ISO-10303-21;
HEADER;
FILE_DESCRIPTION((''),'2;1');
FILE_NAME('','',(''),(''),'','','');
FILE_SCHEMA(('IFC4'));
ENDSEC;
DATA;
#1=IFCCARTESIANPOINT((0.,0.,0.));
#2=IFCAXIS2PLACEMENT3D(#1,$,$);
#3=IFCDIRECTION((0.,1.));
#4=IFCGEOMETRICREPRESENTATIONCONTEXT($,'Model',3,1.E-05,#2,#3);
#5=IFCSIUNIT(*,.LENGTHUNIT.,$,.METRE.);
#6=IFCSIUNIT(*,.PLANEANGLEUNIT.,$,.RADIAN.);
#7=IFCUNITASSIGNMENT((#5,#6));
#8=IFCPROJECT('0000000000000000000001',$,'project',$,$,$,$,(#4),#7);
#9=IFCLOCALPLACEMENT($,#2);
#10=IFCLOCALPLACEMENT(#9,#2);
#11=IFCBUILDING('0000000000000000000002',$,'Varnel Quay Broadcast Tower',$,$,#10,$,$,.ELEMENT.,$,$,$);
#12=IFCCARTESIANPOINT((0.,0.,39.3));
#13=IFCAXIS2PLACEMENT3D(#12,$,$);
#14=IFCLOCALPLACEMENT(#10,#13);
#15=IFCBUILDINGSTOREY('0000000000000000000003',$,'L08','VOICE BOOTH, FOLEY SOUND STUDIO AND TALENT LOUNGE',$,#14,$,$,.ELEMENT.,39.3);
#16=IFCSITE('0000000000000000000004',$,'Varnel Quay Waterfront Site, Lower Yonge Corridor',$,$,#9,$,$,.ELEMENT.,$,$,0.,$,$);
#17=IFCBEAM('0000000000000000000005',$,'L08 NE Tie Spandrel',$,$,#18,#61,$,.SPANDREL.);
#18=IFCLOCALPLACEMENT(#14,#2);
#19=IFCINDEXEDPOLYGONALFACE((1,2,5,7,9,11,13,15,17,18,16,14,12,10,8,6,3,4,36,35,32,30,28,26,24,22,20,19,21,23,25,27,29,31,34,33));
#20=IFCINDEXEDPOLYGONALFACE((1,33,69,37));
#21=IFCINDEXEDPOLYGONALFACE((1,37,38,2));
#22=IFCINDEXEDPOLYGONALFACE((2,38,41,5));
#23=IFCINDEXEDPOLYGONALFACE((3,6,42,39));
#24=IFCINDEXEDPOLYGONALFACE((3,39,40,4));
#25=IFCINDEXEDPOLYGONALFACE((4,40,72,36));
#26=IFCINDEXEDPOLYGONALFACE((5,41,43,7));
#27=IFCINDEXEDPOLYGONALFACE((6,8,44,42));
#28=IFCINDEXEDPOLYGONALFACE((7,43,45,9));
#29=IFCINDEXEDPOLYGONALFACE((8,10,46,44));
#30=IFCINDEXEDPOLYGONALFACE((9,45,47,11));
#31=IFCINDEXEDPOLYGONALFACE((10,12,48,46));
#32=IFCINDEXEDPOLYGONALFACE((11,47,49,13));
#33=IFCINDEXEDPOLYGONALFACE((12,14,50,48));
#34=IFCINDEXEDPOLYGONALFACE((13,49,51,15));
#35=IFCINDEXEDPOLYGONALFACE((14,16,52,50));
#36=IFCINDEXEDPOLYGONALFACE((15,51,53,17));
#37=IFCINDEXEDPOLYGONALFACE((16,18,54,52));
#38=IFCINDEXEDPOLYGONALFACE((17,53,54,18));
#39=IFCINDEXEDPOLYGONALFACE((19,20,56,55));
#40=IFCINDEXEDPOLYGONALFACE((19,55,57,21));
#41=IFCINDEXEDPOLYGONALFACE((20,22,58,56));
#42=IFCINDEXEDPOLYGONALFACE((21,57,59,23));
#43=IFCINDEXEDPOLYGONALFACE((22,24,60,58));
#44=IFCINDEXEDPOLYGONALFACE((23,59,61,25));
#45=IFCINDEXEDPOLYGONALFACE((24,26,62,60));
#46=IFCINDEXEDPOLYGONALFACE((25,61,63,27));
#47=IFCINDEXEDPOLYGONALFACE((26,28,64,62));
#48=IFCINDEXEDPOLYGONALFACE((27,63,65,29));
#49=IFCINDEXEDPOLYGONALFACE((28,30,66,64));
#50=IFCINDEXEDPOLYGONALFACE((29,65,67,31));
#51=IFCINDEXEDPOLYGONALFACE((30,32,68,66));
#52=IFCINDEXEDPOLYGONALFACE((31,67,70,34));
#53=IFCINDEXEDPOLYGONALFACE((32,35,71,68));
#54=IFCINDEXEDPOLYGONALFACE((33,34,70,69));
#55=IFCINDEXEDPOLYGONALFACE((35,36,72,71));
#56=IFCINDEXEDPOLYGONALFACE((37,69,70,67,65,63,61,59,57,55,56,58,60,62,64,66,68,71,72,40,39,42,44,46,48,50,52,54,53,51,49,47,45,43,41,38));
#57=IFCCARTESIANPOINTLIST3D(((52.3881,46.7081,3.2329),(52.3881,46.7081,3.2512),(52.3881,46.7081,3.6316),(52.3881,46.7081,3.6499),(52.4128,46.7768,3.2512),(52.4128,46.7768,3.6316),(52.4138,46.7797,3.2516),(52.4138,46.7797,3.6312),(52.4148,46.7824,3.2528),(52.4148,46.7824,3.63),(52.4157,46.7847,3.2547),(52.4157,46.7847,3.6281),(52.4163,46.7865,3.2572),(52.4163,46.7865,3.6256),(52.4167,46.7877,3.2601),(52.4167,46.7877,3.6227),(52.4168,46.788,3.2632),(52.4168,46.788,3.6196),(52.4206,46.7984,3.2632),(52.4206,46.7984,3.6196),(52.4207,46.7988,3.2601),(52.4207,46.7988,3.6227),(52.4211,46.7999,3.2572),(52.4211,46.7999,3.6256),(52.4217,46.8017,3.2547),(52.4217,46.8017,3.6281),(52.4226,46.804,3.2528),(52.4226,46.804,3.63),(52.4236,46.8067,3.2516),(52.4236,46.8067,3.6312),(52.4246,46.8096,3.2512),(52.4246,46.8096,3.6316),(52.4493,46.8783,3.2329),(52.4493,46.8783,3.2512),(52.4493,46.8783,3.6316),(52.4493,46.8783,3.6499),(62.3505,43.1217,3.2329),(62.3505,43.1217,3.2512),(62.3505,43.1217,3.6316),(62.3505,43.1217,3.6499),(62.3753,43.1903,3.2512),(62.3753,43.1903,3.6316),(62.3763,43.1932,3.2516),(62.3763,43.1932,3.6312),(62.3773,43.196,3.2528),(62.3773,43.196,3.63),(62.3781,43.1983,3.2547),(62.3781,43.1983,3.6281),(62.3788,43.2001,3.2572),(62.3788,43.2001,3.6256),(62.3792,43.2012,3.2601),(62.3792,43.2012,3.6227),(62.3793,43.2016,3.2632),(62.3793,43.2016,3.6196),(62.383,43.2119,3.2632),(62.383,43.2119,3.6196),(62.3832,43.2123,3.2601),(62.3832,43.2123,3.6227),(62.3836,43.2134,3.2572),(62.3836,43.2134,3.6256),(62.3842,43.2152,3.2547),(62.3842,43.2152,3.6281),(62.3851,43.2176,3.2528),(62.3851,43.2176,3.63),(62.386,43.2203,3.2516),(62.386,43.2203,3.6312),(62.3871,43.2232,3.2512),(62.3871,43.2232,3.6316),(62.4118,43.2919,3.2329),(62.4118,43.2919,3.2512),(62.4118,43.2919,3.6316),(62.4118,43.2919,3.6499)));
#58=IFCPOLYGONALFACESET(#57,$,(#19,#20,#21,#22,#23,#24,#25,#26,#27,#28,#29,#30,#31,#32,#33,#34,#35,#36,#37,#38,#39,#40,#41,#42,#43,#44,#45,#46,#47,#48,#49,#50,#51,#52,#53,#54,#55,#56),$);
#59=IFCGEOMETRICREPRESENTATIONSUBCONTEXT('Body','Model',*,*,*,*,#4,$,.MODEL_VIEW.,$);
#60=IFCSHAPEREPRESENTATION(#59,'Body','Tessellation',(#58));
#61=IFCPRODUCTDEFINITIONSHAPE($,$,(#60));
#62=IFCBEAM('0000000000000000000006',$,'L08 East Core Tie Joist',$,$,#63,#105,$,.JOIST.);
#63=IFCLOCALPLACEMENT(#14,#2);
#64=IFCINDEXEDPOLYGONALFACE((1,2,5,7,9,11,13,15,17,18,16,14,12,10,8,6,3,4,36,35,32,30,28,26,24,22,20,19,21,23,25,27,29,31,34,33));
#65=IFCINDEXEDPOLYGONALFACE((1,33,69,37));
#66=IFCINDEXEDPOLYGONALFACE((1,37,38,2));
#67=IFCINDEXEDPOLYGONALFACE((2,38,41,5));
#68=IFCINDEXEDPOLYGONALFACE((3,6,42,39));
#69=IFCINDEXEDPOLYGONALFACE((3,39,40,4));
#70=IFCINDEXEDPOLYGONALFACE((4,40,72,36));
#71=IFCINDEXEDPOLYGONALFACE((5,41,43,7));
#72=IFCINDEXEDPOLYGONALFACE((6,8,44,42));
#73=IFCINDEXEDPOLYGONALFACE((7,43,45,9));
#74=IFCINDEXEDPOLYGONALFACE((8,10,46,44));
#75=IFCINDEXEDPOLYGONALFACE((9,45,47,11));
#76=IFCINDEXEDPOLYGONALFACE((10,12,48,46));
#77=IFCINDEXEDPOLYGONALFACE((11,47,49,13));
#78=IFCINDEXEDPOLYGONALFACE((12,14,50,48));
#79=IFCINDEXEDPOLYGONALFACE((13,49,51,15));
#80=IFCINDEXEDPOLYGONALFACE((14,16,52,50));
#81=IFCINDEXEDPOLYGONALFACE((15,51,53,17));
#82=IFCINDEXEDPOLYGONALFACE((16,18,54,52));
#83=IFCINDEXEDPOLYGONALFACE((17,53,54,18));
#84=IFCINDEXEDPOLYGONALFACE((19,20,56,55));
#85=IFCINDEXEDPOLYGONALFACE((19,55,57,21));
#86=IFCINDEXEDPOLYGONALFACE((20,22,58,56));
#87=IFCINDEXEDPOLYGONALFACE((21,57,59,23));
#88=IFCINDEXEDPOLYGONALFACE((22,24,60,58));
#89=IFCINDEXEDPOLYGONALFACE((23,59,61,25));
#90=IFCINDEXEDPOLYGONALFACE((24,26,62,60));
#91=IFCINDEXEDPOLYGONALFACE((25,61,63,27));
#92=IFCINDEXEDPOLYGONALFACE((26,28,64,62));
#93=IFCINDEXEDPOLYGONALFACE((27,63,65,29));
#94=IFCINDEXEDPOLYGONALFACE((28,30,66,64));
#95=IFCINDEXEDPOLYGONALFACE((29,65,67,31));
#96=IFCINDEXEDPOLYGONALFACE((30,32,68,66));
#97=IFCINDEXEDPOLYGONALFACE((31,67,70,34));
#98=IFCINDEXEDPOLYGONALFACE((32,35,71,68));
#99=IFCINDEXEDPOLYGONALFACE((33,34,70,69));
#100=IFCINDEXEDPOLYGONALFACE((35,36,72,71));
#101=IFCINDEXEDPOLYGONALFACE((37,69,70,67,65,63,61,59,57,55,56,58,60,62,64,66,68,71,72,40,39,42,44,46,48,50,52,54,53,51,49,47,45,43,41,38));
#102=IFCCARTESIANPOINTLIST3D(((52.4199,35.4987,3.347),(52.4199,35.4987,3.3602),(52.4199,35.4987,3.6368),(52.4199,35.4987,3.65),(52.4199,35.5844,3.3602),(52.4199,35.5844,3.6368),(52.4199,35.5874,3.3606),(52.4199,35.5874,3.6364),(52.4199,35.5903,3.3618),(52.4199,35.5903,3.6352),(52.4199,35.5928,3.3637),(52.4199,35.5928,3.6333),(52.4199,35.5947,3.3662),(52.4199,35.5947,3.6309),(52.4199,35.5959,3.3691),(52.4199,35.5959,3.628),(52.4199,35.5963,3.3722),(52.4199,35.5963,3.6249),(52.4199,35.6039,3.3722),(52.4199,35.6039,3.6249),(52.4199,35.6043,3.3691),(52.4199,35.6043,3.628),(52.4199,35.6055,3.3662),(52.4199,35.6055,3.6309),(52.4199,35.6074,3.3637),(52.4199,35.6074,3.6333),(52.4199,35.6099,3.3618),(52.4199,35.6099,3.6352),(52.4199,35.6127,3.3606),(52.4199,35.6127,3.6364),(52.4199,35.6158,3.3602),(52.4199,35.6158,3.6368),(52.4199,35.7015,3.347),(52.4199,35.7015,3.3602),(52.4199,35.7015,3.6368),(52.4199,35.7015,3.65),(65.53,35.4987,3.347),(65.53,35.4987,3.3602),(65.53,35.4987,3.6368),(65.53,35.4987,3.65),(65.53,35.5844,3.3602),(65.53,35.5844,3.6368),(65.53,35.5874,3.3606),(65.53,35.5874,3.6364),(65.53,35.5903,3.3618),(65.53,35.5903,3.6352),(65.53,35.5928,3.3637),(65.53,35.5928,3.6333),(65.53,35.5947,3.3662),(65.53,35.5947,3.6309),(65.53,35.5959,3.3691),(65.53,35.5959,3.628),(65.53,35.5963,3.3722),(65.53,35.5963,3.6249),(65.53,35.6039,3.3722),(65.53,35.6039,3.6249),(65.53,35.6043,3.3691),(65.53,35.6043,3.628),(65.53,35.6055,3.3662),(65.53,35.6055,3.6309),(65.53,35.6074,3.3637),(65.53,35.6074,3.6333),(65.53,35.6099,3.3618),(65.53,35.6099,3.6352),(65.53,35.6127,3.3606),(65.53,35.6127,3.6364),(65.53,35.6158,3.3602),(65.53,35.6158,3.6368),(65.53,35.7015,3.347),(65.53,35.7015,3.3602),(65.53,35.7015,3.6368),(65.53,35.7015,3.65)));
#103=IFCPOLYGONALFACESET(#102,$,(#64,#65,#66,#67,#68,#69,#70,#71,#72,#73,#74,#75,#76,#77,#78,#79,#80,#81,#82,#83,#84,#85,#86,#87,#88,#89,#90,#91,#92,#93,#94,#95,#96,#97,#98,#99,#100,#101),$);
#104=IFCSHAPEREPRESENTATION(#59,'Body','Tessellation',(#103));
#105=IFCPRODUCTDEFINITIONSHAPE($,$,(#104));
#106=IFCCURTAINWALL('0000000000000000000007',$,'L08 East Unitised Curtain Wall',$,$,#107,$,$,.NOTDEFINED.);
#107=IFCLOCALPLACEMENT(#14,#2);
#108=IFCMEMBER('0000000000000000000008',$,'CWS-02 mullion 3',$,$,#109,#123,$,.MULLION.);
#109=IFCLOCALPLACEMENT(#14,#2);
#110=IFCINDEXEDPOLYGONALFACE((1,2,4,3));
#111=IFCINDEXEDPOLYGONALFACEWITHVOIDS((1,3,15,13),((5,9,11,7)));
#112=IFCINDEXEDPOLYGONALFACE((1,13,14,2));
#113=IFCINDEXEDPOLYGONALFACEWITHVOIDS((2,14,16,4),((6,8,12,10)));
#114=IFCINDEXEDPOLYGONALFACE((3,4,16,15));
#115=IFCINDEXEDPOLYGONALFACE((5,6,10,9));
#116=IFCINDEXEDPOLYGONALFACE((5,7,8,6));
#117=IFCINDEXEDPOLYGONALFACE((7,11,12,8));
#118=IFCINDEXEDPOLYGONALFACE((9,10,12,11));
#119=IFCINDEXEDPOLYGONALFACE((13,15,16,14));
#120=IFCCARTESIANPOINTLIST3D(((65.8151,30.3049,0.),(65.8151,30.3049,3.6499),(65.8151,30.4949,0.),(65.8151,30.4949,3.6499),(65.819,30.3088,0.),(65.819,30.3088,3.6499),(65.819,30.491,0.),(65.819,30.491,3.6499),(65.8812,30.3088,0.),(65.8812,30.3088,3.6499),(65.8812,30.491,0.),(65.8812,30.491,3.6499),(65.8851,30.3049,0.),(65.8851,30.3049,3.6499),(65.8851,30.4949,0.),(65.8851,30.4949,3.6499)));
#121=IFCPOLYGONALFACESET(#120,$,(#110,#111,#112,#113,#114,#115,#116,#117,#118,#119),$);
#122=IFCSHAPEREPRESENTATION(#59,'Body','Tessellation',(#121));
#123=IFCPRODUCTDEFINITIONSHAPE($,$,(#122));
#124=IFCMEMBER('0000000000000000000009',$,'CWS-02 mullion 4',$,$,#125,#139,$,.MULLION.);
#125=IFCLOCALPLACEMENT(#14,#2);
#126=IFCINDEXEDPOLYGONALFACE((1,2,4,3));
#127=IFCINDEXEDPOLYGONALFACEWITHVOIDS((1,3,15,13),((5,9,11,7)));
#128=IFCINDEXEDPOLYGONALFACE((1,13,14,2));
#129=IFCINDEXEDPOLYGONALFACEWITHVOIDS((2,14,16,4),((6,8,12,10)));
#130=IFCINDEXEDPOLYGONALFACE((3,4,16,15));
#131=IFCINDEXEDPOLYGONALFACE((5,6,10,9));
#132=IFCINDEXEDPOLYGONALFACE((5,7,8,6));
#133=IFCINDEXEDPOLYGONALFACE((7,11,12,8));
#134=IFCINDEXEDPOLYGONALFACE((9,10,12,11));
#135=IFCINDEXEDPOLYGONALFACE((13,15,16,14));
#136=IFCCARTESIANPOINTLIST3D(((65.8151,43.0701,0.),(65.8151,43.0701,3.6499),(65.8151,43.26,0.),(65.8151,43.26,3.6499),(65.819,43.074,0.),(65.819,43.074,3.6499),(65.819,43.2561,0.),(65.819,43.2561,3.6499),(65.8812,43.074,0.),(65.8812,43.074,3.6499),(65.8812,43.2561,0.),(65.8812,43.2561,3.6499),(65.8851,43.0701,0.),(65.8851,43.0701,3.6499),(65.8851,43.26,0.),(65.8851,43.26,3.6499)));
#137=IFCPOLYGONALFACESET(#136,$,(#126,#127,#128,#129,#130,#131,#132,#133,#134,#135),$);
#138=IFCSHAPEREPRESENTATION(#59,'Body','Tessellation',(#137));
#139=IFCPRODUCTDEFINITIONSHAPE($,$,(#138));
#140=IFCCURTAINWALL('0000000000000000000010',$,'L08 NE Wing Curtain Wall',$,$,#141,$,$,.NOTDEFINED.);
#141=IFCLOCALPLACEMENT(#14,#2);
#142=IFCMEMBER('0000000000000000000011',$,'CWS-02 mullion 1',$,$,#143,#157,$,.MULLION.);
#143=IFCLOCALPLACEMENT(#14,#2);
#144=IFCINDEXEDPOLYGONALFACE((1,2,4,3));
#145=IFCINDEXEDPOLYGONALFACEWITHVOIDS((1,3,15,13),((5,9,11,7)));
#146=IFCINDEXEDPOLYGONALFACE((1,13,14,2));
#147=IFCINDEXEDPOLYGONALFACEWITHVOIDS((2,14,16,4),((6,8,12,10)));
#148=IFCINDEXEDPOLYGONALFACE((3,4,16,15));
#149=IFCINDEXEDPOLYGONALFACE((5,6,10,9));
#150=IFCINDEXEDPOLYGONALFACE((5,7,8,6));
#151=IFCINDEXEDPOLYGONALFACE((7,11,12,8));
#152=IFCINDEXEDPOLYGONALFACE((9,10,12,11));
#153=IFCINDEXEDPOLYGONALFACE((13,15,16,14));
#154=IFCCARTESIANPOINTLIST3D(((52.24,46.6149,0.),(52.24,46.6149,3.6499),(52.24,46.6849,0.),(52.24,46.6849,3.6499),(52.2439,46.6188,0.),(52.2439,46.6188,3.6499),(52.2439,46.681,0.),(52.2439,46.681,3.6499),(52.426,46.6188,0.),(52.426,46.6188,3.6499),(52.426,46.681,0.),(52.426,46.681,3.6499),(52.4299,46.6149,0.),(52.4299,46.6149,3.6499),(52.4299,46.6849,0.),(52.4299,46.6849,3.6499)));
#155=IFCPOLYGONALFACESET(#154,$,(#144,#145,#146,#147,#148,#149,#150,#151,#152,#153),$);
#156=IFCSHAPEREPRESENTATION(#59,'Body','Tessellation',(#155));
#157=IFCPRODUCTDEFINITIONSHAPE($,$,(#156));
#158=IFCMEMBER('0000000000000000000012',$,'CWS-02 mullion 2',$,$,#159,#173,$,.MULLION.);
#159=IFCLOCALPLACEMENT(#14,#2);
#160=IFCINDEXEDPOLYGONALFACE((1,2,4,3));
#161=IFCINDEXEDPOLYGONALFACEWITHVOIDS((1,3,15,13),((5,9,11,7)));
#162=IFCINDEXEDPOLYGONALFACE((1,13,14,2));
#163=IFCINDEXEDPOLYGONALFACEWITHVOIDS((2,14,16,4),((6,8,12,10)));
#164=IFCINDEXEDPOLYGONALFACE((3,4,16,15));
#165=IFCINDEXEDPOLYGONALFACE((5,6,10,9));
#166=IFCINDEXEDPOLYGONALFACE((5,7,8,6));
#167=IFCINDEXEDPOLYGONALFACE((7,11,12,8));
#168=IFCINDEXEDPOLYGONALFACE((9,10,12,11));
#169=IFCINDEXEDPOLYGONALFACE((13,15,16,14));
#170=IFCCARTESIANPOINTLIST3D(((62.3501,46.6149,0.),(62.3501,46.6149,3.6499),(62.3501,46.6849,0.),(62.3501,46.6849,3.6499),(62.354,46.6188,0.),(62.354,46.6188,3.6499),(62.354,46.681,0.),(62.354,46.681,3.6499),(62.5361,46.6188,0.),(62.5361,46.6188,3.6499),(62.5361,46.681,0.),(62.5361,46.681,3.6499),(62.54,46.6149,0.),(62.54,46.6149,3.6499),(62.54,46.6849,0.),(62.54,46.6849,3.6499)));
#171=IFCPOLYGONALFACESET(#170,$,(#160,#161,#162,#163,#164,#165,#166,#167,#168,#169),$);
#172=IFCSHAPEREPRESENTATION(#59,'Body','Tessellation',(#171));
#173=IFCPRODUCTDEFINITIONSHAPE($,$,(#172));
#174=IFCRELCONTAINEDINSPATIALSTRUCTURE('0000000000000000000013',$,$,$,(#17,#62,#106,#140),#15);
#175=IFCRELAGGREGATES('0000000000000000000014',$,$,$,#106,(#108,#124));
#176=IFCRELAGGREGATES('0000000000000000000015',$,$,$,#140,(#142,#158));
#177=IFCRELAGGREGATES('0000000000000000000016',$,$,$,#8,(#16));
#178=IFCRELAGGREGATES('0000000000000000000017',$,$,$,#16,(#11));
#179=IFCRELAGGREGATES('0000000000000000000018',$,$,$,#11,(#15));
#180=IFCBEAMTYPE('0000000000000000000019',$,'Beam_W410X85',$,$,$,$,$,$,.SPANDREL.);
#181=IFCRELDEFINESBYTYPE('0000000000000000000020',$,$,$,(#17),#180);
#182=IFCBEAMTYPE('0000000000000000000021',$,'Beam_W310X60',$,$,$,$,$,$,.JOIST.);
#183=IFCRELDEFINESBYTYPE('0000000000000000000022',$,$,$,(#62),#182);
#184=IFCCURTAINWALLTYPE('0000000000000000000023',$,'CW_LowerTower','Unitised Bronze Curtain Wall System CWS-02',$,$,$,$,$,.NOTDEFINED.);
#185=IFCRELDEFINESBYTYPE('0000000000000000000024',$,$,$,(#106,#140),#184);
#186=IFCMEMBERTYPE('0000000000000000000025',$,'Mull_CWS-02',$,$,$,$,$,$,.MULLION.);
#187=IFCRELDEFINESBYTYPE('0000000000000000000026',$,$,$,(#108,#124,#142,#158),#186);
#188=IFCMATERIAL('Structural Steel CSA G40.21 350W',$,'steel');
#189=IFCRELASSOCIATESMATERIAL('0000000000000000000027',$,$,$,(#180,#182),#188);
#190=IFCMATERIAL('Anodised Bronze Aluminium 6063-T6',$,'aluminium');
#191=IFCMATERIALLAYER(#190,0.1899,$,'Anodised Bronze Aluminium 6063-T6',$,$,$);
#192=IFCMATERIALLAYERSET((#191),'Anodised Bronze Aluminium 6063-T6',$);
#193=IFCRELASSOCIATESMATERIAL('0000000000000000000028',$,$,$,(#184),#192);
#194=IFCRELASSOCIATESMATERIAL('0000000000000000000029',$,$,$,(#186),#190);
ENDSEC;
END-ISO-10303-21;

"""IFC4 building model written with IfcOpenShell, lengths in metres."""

from ifc_helpers import new_model, si_unit, direction, frame, origin, origin_2d, place, context, subcontext, project, spatial, hollow_rectangle, i_section, extrude, source, transform, mapped, material, layer, layer_set, material_profile, profile_set, type_object, type_shapes, element, aggregate, save


model = new_model("IFC4")

# Units and contexts
model_context = context("Model", 3, precision=1e-05, world=origin(), true_north=direction((0.0, 1.0)))
body_context = subcontext(model_context, "Body", "Model", "MODEL_VIEW")
ifc_project = project(units=[si_unit("LENGTHUNIT", "METRE"), si_unit("PLANEANGLEUNIT", "RADIAN")], contexts=[model_context])

# Site, building, storey
site_placement = place(None, origin())
site = spatial("IfcSite", under=ifc_project, at=site_placement, Name="Varnel Quay Waterfront Site, Lower Yonge Corridor", CompositionType="ELEMENT", RefElevation=0.0)
building_placement = place(site_placement, origin())
building = spatial("IfcBuilding", under=site, at=building_placement, Name="Varnel Quay Broadcast Tower", CompositionType="ELEMENT")
storey_placement = place(building_placement, frame((0.0, 0.0, 39.3)))
storey = spatial("IfcBuildingStorey", under=building, at=storey_placement, Name="L08", Description="VOICE BOOTH, FOLEY SOUND STUDIO AND TALENT LOUNGE", CompositionType="ELEMENT", Elevation=39.3)

# Shared definitions
ifc_material_1 = material(Name="Structural Steel CSA G40.21 350W", Category="steel")

# Beams
ifc_material_profile_1 = material_profile(ifc_material_1, i_section(OverallWidth=0.1809, OverallDepth=0.417, WebThickness=0.011, FlangeThickness=0.0183, FilletRadius=0.012, at=origin_2d()), Name="W410X85")
ifc_profile_set_1 = profile_set([ifc_material_profile_1], Name="Structural Steel CSA G40.21 350W")
beam_type_1 = type_object("IfcBeamType", Name="Beam_W410X85", PredefinedType="SPANDREL", material=ifc_profile_set_1)
shared_shape_1 = source(origin(), body_context, "Body", "SweptSolid", [
    extrude(i_section(OverallWidth=0.1809, OverallDepth=0.417, WebThickness=0.011, FlangeThickness=0.0183, FilletRadius=0.012, at=origin_2d()), origin(), (0.0, 0.0, 1.0), 10.5884),
])
beam_1_placement = place(storey_placement, frame((52.4187, 46.7932, 3.4414), z_axis=(0.940889, -0.338716, 0.0), x_axis=(0.338716, 0.940889, 0.0)))
element("IfcBeam", 1, at=beam_1_placement, inside=storey, type_object=beam_type_1, Name="L08 NE Tie Spandrel", PredefinedType="SPANDREL", context=body_context, shape_type="MappedRepresentation", body=[
    mapped(shared_shape_1, transform((0.0, 0.0, 0.0), x_axis=(1.0, 0.0, 0.0), y_axis=(0.0, 1.0, 0.0), z_axis=(0.0, 0.0, 1.0), scale=1.0)),
])
ifc_material_profile_2 = material_profile(ifc_material_1, i_section(OverallWidth=0.2029, OverallDepth=0.303, WebThickness=0.0076, FlangeThickness=0.0132, FilletRadius=0.012, at=origin_2d()), Name="W310X60")
ifc_profile_set_2 = profile_set([ifc_material_profile_2], Name="Structural Steel CSA G40.21 350W")
beam_type_2 = type_object("IfcBeamType", Name="Beam_W310X60", PredefinedType="JOIST", material=ifc_profile_set_2)
shared_shape_2 = source(origin(), body_context, "Body", "SweptSolid", [
    extrude(i_section(OverallWidth=0.2029, OverallDepth=0.303, WebThickness=0.0076, FlangeThickness=0.0132, FilletRadius=0.012, at=origin_2d()), origin(), (0.0, 0.0, 1.0), 13.1101),
])
type_shapes(beam_type_2, [shared_shape_2])
beam_2_placement = place(storey_placement, frame((52.4199, 35.6001, 3.4985), z_axis=(1.0, 0.0, 0.0), x_axis=(0.0, 1.0, 0.0)))
element("IfcBeam", 2, at=beam_2_placement, inside=storey, type_object=beam_type_2, Name="L08 East Core Tie Joist", PredefinedType="JOIST", context=body_context, shape_type="MappedRepresentation", body=[
    mapped(shared_shape_2, transform((0.0, 0.0, 0.0), x_axis=(1.0, 0.0, 0.0), y_axis=(0.0, 1.0, 0.0), z_axis=(0.0, 0.0, 1.0), scale=1.0)),
])

# Curtain walls, members
ifc_material_2 = material(Name="Anodised Bronze Aluminium 6063-T6", Category="aluminium")
ifc_layer_1 = layer(ifc_material_2, 0.1899, Name="Anodised Bronze Aluminium 6063-T6")
ifc_layer_set_1 = layer_set([ifc_layer_1], Name="Anodised Bronze Aluminium 6063-T6")
curtain_wall_type = type_object("IfcCurtainWallType", Name="CW_LowerTower", Description="Unitised Bronze Curtain Wall System CWS-02", PredefinedType="NOTDEFINED", material=ifc_layer_set_1)
curtain_wall_1_placement = place(storey_placement, origin())
curtain_wall_1 = element("IfcCurtainWall", 3, at=curtain_wall_1_placement, inside=storey, type_object=curtain_wall_type, Name="L08 East Unitised Curtain Wall", PredefinedType="NOTDEFINED")
ifc_material_profile_3 = material_profile(ifc_material_2, hollow_rectangle(XDim=0.0701, YDim=0.1899, WallThickness=0.0039, at=origin_2d()), Name="ALU70X190X4")
ifc_profile_set_3 = profile_set([ifc_material_profile_3], Name="Anodised Bronze Aluminium 6063-T6")
member_type_1 = type_object("IfcMemberType", Name="Mull_CWS-02", PredefinedType="MULLION", material=ifc_profile_set_3)
shared_shape_3 = source(origin(), body_context, "Body", "SweptSolid", [
    extrude(hollow_rectangle(XDim=0.0701, YDim=0.1899, WallThickness=0.0039, at=origin_2d()), origin(), (0.0, 0.0, 1.0), 3.6499),
])
type_shapes(member_type_1, [shared_shape_3])
member_1_placement = place(storey_placement, frame((65.8501, 30.3999, 0.0), z_axis=(0.0, 0.0, 1.0), x_axis=(-1.0, 0.0, 0.0)))
member_1 = element("IfcMember", 4, at=member_1_placement, type_object=member_type_1, Name="CWS-02 mullion 3", PredefinedType="MULLION", context=body_context, shape_type="MappedRepresentation", body=[
    mapped(shared_shape_3, transform((0.0, 0.0, 0.0), x_axis=(1.0, 0.0, 0.0), y_axis=(0.0, 1.0, 0.0), z_axis=(0.0, 0.0, 1.0), scale=1.0)),
])
member_2_placement = place(storey_placement, frame((65.8501, 43.165, 0.0), z_axis=(0.0, 0.0, 1.0), x_axis=(-1.0, 0.0, 0.0)))
member_2 = element("IfcMember", 5, at=member_2_placement, type_object=member_type_1, Name="CWS-02 mullion 4", PredefinedType="MULLION", context=body_context, shape_type="MappedRepresentation", body=[
    mapped(shared_shape_3, transform((0.0, 0.0, 0.0), x_axis=(1.0, 0.0, 0.0), y_axis=(0.0, 1.0, 0.0), z_axis=(0.0, 0.0, 1.0), scale=1.0)),
])
curtain_wall_2_placement = place(storey_placement, origin())
curtain_wall_2 = element("IfcCurtainWall", 6, at=curtain_wall_2_placement, inside=storey, type_object=curtain_wall_type, Name="L08 NE Wing Curtain Wall", PredefinedType="NOTDEFINED")
member_3_placement = place(storey_placement, frame((52.335, 46.6499, 0.0), z_axis=(0.0, 0.0, 1.0), x_axis=(0.0, 1.0, 0.0)))
member_3 = element("IfcMember", 7, at=member_3_placement, type_object=member_type_1, Name="CWS-02 mullion 1", PredefinedType="MULLION", context=body_context, shape_type="MappedRepresentation", body=[
    mapped(shared_shape_3, transform((0.0, 0.0, 0.0), x_axis=(1.0, 0.0, 0.0), y_axis=(0.0, 1.0, 0.0), z_axis=(0.0, 0.0, 1.0), scale=1.0)),
])
member_4_placement = place(storey_placement, frame((62.4451, 46.6499, 0.0), z_axis=(0.0, 0.0, 1.0), x_axis=(0.0, 1.0, 0.0)))
member_4 = element("IfcMember", 8, at=member_4_placement, type_object=member_type_1, Name="CWS-02 mullion 2", PredefinedType="MULLION", context=body_context, shape_type="MappedRepresentation", body=[
    mapped(shared_shape_3, transform((0.0, 0.0, 0.0), x_axis=(1.0, 0.0, 0.0), y_axis=(0.0, 1.0, 0.0), z_axis=(0.0, 0.0, 1.0), scale=1.0)),
])

aggregate(curtain_wall_1, [member_1, member_2])
aggregate(curtain_wall_2, [member_3, member_4])

save(model, "model.ifc")
